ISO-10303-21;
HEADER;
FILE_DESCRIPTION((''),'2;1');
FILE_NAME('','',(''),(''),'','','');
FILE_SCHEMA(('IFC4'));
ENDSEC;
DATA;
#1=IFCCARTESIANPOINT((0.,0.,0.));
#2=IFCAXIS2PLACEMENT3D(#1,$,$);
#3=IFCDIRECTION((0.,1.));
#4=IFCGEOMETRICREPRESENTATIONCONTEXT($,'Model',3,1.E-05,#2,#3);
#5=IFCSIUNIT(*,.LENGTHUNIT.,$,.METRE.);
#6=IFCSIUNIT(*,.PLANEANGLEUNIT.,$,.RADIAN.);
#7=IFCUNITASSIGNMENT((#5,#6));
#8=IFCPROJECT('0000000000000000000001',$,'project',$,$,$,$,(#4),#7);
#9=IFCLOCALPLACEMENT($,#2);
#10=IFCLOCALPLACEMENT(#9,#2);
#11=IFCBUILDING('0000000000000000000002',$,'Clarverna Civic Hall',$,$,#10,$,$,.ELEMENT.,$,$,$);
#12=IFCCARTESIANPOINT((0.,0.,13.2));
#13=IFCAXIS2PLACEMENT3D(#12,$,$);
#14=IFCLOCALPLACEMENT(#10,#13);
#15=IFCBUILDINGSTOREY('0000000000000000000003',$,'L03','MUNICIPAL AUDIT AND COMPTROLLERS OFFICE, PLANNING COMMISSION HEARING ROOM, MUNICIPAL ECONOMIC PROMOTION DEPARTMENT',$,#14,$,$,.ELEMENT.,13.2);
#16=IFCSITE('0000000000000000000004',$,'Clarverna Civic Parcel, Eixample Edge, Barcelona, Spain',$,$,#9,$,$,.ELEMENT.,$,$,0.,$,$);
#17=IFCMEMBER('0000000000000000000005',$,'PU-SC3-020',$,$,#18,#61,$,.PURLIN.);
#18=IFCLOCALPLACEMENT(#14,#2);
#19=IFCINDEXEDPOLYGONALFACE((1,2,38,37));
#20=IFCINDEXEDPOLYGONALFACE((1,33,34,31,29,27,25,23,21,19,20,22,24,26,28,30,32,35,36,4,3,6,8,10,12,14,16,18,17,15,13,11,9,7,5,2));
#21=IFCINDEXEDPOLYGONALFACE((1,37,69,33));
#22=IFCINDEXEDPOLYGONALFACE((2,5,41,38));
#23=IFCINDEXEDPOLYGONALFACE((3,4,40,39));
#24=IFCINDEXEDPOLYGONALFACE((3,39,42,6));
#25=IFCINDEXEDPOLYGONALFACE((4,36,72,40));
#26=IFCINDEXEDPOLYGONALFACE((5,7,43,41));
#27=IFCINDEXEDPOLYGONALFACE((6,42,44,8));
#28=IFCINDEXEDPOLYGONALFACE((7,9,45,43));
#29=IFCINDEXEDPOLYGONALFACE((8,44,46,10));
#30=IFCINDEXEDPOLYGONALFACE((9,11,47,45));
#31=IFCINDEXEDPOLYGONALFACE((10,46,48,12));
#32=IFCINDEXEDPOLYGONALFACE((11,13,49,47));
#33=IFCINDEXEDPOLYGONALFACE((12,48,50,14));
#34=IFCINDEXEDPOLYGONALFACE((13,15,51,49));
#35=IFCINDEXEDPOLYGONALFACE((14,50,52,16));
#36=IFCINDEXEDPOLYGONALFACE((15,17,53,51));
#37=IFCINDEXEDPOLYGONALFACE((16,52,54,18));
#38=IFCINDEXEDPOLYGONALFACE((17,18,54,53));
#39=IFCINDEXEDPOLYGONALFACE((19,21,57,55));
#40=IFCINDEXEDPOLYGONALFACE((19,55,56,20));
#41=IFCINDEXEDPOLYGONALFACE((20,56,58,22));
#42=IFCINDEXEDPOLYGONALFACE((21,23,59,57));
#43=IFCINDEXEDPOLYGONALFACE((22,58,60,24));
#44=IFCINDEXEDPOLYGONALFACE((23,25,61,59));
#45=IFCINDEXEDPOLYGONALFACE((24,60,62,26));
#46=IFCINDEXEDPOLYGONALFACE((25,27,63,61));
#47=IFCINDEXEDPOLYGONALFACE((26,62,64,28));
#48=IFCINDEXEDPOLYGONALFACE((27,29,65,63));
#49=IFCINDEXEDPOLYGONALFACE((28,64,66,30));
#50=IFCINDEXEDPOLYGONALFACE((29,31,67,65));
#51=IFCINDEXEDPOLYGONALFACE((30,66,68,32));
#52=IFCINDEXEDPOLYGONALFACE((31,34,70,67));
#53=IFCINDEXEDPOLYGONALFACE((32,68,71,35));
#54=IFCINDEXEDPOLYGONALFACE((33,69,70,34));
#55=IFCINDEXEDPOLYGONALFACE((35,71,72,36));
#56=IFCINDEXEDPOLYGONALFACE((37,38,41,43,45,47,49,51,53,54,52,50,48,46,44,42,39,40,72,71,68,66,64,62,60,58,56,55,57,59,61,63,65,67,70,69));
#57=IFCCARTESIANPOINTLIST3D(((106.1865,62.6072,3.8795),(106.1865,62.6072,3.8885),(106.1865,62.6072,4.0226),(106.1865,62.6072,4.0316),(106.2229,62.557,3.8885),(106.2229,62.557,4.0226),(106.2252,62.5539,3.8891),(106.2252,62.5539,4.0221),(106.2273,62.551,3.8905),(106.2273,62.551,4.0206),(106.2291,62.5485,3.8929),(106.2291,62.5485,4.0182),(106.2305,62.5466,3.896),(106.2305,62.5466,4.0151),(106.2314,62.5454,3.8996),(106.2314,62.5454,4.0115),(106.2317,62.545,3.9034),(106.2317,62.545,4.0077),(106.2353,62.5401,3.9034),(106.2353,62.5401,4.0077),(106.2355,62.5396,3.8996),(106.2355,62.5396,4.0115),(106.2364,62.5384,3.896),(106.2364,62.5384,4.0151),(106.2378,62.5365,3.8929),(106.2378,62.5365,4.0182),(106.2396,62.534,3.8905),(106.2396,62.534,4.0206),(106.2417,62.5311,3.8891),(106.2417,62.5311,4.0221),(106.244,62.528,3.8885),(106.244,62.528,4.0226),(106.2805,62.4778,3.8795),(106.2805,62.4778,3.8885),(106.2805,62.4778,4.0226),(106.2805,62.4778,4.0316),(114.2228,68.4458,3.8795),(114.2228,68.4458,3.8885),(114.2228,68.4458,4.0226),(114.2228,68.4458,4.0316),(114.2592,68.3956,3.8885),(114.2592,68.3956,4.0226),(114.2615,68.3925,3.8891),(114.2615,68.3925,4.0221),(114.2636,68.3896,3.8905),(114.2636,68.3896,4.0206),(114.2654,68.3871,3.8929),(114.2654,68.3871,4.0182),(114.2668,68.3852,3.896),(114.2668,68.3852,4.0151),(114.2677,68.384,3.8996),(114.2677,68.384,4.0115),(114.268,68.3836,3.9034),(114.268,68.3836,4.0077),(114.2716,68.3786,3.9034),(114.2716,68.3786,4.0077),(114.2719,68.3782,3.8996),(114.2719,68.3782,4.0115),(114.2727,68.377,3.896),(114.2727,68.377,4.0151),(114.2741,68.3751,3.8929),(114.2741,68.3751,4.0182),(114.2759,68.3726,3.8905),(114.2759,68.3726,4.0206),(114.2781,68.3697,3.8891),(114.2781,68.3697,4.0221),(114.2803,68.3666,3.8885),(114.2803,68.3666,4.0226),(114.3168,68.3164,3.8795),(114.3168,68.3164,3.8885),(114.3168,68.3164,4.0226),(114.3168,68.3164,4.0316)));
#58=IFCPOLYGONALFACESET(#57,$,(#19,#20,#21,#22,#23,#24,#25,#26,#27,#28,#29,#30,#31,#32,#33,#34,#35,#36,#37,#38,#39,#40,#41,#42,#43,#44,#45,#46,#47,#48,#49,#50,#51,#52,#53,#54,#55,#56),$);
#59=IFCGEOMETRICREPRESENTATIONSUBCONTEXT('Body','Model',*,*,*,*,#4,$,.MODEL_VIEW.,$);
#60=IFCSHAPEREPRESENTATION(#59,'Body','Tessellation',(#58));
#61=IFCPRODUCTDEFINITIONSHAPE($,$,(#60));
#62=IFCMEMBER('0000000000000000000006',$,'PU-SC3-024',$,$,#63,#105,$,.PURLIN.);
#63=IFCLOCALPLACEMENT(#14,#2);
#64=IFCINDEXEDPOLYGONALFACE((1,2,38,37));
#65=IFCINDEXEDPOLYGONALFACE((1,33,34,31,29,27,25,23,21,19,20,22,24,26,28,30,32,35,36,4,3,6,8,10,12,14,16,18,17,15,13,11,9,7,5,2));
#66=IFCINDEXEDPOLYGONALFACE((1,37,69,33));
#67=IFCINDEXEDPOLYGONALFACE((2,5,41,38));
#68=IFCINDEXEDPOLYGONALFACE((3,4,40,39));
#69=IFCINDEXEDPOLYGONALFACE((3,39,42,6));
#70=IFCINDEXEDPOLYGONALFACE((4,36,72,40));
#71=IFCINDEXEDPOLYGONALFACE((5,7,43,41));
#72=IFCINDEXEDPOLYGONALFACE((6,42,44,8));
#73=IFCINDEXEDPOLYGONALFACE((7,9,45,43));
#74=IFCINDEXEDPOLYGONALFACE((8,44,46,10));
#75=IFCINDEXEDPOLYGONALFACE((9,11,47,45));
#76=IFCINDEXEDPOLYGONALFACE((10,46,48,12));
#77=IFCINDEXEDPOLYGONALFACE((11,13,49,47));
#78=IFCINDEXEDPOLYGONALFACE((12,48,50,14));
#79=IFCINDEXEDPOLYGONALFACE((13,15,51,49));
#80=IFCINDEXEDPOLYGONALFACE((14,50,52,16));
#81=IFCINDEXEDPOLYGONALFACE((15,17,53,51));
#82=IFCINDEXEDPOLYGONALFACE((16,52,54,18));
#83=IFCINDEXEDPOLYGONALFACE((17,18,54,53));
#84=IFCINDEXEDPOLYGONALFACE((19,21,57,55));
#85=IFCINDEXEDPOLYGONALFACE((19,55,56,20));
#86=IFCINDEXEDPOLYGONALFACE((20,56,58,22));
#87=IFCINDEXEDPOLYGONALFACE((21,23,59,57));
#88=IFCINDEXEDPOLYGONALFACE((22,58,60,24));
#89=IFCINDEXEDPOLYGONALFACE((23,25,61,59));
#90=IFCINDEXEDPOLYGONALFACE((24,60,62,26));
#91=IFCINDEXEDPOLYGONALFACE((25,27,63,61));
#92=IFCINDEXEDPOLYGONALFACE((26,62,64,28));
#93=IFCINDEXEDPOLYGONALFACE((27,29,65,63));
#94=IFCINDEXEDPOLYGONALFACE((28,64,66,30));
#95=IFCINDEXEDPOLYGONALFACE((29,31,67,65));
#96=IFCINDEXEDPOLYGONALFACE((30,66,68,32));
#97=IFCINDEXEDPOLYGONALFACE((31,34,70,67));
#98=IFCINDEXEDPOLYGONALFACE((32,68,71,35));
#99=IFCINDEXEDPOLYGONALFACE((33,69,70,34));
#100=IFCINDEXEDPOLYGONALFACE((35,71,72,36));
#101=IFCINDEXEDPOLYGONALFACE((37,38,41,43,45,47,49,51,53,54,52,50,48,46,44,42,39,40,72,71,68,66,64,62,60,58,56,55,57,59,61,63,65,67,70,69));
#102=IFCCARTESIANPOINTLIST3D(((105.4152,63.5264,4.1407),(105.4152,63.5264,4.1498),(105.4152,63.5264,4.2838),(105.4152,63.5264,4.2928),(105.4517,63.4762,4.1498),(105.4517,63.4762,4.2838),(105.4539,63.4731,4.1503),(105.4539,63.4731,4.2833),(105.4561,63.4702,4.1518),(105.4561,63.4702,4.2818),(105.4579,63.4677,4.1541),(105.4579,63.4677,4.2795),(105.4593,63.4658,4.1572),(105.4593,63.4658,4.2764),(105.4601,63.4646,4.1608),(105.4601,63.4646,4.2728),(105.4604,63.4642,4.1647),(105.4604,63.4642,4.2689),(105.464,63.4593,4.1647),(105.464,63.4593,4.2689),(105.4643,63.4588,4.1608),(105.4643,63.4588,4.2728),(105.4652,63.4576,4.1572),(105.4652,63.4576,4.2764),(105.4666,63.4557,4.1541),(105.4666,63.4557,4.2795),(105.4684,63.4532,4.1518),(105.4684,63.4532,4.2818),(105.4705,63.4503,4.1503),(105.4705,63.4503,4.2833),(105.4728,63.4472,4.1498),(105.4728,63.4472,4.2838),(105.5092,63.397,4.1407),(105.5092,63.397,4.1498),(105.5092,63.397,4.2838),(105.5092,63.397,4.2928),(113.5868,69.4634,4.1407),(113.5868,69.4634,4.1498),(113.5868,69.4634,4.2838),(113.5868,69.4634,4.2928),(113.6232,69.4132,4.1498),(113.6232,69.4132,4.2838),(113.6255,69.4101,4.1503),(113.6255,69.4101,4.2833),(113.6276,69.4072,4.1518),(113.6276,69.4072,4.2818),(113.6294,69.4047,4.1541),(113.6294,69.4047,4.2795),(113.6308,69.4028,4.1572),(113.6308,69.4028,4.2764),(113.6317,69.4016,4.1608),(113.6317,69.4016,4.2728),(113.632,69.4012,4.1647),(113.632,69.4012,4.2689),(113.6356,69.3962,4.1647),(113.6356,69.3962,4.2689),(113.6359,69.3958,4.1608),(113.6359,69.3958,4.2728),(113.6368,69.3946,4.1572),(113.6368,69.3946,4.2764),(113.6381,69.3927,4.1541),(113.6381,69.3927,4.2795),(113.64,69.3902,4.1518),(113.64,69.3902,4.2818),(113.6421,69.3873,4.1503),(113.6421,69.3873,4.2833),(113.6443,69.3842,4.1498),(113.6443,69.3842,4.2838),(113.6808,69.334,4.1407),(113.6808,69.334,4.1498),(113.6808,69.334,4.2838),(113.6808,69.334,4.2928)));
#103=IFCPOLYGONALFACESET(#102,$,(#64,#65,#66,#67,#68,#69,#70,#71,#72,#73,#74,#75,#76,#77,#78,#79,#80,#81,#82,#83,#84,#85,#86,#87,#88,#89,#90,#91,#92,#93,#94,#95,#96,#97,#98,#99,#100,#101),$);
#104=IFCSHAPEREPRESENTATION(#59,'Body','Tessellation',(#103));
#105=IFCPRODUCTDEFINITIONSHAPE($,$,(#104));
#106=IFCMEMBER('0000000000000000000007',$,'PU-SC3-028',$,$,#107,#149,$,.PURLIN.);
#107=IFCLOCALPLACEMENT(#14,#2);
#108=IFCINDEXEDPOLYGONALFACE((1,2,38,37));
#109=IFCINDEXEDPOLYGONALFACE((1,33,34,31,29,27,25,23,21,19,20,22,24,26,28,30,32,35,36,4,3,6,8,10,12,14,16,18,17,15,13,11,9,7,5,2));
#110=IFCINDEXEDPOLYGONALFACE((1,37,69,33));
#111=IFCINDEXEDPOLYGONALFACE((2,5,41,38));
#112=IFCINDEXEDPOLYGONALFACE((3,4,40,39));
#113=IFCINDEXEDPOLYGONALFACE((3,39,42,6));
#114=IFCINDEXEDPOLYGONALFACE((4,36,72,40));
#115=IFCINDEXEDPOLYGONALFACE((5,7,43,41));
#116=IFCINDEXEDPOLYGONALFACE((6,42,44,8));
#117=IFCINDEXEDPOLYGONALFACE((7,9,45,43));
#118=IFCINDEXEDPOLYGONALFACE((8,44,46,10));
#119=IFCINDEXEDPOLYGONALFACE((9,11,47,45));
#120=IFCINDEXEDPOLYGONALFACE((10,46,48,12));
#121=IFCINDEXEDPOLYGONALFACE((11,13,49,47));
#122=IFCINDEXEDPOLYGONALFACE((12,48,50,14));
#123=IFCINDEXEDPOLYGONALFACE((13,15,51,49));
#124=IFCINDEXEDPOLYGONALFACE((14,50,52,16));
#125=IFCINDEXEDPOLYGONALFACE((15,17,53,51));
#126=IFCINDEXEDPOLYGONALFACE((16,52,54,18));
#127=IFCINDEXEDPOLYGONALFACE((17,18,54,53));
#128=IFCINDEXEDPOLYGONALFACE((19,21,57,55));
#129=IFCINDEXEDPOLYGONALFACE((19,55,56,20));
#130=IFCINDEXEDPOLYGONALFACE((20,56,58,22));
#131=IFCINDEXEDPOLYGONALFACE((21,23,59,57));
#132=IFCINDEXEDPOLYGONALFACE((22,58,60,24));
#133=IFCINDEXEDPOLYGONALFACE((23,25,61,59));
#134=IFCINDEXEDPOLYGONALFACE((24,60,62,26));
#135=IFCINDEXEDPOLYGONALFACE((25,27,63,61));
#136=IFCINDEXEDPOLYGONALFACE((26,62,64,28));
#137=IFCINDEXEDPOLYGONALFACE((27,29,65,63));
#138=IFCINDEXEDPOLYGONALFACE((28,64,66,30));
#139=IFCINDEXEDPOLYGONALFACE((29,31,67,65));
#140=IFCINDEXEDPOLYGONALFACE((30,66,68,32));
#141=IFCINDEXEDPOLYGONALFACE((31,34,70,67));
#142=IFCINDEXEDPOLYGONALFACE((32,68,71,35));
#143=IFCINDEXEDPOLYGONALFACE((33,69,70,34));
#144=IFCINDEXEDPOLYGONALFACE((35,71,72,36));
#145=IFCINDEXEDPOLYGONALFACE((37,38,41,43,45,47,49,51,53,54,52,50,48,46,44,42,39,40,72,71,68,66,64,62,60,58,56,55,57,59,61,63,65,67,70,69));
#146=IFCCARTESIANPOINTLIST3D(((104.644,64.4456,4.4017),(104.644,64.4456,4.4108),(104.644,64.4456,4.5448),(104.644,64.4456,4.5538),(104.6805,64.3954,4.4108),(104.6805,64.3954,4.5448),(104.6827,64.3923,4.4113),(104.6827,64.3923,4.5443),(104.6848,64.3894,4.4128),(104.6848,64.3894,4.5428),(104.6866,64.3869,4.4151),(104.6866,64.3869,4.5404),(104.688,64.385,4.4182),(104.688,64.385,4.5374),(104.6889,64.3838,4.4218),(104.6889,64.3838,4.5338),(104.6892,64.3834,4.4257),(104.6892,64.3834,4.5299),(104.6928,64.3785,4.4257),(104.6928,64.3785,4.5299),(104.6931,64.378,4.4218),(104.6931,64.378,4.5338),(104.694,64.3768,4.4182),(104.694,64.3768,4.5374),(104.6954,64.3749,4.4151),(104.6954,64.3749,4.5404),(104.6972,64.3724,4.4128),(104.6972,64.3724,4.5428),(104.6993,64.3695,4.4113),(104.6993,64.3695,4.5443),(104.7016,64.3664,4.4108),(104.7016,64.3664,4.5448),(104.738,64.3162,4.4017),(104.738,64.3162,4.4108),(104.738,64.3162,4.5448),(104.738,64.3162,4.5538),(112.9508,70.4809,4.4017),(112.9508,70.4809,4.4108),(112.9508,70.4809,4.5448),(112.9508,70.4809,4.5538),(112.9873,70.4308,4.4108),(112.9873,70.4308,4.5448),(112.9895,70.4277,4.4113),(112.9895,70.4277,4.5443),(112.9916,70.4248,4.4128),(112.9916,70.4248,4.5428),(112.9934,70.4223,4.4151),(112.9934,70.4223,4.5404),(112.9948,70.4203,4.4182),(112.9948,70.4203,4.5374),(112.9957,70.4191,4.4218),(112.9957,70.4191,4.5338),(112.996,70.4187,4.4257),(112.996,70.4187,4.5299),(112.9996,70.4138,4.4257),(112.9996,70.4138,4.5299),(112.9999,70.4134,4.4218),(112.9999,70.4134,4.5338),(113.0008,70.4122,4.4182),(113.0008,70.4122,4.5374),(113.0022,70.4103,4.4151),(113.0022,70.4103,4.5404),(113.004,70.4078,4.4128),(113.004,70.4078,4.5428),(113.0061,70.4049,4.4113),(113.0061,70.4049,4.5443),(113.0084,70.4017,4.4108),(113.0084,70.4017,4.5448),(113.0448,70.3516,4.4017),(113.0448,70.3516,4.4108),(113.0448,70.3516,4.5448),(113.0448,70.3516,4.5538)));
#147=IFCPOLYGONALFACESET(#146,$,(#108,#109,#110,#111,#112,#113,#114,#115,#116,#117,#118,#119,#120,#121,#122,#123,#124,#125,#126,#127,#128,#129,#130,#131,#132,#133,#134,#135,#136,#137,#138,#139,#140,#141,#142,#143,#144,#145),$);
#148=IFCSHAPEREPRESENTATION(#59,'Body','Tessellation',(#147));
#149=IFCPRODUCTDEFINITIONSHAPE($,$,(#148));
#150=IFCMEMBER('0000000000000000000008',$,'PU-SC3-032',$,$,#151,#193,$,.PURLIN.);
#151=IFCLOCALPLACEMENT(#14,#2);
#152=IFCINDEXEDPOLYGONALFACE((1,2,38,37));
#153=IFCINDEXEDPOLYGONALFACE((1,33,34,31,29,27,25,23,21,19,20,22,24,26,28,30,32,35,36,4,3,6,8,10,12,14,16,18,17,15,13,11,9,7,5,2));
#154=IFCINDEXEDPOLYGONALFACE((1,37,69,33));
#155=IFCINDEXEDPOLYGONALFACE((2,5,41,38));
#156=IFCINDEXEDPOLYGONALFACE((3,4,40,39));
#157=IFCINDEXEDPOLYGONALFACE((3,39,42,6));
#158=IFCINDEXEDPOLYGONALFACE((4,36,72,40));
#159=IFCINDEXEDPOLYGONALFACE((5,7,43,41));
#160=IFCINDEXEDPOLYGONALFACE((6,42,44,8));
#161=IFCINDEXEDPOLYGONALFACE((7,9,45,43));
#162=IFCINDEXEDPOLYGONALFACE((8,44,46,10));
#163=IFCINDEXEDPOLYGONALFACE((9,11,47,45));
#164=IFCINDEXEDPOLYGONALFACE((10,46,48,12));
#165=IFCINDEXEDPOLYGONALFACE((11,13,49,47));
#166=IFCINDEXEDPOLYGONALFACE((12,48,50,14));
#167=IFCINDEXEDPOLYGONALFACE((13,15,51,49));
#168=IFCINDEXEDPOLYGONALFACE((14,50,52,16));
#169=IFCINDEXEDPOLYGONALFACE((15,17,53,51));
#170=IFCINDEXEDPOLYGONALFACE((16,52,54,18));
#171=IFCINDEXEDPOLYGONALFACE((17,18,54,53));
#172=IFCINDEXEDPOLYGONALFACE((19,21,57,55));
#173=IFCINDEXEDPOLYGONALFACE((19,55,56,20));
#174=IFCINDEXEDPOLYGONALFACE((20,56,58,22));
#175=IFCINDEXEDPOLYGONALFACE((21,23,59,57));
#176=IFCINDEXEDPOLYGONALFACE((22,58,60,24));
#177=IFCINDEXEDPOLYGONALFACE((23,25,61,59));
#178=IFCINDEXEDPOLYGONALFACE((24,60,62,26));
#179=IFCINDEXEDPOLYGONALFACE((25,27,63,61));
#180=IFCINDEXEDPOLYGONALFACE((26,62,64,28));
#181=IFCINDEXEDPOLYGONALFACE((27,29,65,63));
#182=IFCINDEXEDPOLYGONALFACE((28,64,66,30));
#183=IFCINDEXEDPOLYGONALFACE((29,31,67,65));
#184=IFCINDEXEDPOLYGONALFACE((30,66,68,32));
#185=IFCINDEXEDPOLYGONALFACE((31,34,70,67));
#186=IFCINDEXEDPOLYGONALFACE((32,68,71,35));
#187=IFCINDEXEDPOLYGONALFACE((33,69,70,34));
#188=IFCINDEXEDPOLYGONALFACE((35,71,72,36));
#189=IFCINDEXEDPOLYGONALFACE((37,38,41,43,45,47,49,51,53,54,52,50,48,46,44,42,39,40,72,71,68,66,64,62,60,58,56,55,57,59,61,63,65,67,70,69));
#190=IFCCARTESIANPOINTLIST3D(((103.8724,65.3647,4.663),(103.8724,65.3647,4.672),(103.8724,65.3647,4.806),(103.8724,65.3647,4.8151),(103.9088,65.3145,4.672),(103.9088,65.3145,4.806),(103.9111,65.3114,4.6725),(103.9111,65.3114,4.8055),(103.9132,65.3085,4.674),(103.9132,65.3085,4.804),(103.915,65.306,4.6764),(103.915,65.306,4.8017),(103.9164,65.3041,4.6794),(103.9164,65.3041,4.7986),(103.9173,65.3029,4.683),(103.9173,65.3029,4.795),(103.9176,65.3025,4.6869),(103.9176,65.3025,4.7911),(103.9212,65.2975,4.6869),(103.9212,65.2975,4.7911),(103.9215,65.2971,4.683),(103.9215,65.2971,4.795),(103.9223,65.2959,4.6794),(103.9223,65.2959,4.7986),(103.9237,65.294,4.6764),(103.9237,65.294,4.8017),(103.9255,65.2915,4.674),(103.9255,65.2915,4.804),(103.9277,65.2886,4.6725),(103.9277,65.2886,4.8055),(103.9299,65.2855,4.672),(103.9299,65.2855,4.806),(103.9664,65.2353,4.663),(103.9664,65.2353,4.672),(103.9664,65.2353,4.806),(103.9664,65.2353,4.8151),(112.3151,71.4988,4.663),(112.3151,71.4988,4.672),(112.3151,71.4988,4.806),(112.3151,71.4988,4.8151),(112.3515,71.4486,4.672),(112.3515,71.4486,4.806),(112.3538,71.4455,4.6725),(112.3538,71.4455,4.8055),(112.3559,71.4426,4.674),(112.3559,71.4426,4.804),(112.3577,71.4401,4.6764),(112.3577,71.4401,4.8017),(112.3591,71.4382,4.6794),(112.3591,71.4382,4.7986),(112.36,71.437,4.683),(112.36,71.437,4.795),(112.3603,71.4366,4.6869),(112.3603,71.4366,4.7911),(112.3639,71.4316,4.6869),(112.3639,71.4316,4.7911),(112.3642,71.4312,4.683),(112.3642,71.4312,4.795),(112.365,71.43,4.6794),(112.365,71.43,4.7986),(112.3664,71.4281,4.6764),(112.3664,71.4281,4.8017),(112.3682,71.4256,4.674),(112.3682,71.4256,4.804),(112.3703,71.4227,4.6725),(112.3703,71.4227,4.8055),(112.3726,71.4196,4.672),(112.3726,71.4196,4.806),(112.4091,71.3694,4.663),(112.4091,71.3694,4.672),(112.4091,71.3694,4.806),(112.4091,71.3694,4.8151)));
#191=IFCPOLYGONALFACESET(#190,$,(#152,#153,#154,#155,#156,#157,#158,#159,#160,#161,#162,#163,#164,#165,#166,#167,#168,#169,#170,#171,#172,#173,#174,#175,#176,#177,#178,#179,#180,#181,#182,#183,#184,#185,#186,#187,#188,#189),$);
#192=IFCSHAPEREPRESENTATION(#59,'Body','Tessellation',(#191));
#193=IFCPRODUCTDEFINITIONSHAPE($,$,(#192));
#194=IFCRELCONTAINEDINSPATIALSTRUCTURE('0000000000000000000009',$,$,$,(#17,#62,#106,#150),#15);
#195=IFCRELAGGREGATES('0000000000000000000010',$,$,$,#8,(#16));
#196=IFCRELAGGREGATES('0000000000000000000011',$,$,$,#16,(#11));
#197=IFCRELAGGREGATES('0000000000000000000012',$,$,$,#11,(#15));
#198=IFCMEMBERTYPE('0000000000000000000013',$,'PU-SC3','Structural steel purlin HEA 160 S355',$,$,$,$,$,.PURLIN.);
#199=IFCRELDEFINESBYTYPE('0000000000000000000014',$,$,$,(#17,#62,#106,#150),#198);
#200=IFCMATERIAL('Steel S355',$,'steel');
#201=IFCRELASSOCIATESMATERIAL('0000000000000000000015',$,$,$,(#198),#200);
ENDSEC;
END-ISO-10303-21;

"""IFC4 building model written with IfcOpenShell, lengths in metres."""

from ifc_helpers import new_model, si_unit, direction, frame, origin, origin_2d, place, context, subcontext, project, spatial, i_section, extrude, material, material_profile, profile_set, type_object, element, save


model = new_model("IFC4")

# Units and contexts
model_context = context("Model", 3, precision=1e-05, world=origin(), true_north=direction((0.0, 1.0)))
body_context = subcontext(model_context, "Body", "Model", "MODEL_VIEW")
ifc_project = project(units=[si_unit("LENGTHUNIT", "METRE"), si_unit("PLANEANGLEUNIT", "RADIAN")], contexts=[model_context])

# Site, building, storey
site_placement = place(None, origin())
site = spatial("IfcSite", under=ifc_project, at=site_placement, Name="Clarverna Civic Parcel, Eixample Edge, Barcelona, Spain", CompositionType="ELEMENT", RefElevation=0.0)
building_placement = place(site_placement, origin())
building = spatial("IfcBuilding", under=site, at=building_placement, Name="Clarverna Civic Hall", CompositionType="ELEMENT")
storey_placement = place(building_placement, frame((0.0, 0.0, 13.2)))
storey = spatial("IfcBuildingStorey", under=building, at=storey_placement, Name="L03", Description="MUNICIPAL AUDIT AND COMPTROLLERS OFFICE, PLANNING COMMISSION HEARING ROOM, MUNICIPAL ECONOMIC PROMOTION DEPARTMENT", CompositionType="ELEMENT", Elevation=13.2)

# Shared definitions
ifc_material_1 = material(Name="Steel S355", Category="steel")

# Members
ifc_material_profile_1 = material_profile(ifc_material_1, i_section(OverallWidth=0.1599, OverallDepth=0.1521, WebThickness=0.0061, FlangeThickness=0.009, FilletRadius=0.0149, at=origin_2d()), Name="HEA 160")
ifc_profile_set_1 = profile_set([ifc_material_profile_1], Name="Steel S355")
member_type_1 = type_object("IfcMemberType", Name="PU-SC3", Description="Structural steel purlin HEA 160 S355", PredefinedType="PURLIN", material=ifc_profile_set_1)
member_1_placement = place(storey_placement, frame((114.2698, 68.3811, 3.9556), z_axis=(-0.809024, -0.587776, 0.0), x_axis=(0.587776, -0.809024, 0.0)))
element("IfcMember", 1, at=member_1_placement, inside=storey, type_object=member_type_1, Name="PU-SC3-020", PredefinedType="PURLIN", context=body_context, shape_type="SweptSolid", body=[
    extrude(i_section(OverallWidth=0.1599, OverallDepth=0.1521, WebThickness=0.0061, FlangeThickness=0.009, FilletRadius=0.0149, at=origin_2d()), origin(), (0.0, 0.0, 1.0), 9.9333),
])
member_2_placement = place(storey_placement, frame((113.6338, 69.3987, 4.2168), z_axis=(-0.809018, -0.587784, 0.0), x_axis=(0.587784, -0.809018, 0.0)))
element("IfcMember", 2, at=member_2_placement, inside=storey, type_object=member_type_1, Name="PU-SC3-024", PredefinedType="PURLIN", context=body_context, shape_type="SweptSolid", body=[
    extrude(i_section(OverallWidth=0.1599, OverallDepth=0.1521, WebThickness=0.0061, FlangeThickness=0.009, FilletRadius=0.0149, at=origin_2d()), origin(), (0.0, 0.0, 1.0), 10.1006),
])
member_3_placement = place(storey_placement, frame((112.9978, 70.4163, 4.4778), z_axis=(-0.809013, -0.587791, 0.0), x_axis=(0.587791, -0.809013, 0.0)))
element("IfcMember", 3, at=member_3_placement, inside=storey, type_object=member_type_1, Name="PU-SC3-028", PredefinedType="PURLIN", context=body_context, shape_type="SweptSolid", body=[
    extrude(i_section(OverallWidth=0.1599, OverallDepth=0.1521, WebThickness=0.0061, FlangeThickness=0.009, FilletRadius=0.0149, at=origin_2d()), origin(), (0.0, 0.0, 1.0), 10.2678),
])
member_4_placement = place(storey_placement, frame((112.3621, 71.4341, 4.739), z_axis=(-0.809012, -0.587792, 0.0), x_axis=(0.587792, -0.809012, 0.0)))
element("IfcMember", 4, at=member_4_placement, inside=storey, type_object=member_type_1, Name="PU-SC3-032", PredefinedType="PURLIN", context=body_context, shape_type="SweptSolid", body=[
    extrude(i_section(OverallWidth=0.1599, OverallDepth=0.1521, WebThickness=0.0061, FlangeThickness=0.009, FilletRadius=0.0149, at=origin_2d()), origin(), (0.0, 0.0, 1.0), 10.4358),
])

save(model, "model.ifc")
